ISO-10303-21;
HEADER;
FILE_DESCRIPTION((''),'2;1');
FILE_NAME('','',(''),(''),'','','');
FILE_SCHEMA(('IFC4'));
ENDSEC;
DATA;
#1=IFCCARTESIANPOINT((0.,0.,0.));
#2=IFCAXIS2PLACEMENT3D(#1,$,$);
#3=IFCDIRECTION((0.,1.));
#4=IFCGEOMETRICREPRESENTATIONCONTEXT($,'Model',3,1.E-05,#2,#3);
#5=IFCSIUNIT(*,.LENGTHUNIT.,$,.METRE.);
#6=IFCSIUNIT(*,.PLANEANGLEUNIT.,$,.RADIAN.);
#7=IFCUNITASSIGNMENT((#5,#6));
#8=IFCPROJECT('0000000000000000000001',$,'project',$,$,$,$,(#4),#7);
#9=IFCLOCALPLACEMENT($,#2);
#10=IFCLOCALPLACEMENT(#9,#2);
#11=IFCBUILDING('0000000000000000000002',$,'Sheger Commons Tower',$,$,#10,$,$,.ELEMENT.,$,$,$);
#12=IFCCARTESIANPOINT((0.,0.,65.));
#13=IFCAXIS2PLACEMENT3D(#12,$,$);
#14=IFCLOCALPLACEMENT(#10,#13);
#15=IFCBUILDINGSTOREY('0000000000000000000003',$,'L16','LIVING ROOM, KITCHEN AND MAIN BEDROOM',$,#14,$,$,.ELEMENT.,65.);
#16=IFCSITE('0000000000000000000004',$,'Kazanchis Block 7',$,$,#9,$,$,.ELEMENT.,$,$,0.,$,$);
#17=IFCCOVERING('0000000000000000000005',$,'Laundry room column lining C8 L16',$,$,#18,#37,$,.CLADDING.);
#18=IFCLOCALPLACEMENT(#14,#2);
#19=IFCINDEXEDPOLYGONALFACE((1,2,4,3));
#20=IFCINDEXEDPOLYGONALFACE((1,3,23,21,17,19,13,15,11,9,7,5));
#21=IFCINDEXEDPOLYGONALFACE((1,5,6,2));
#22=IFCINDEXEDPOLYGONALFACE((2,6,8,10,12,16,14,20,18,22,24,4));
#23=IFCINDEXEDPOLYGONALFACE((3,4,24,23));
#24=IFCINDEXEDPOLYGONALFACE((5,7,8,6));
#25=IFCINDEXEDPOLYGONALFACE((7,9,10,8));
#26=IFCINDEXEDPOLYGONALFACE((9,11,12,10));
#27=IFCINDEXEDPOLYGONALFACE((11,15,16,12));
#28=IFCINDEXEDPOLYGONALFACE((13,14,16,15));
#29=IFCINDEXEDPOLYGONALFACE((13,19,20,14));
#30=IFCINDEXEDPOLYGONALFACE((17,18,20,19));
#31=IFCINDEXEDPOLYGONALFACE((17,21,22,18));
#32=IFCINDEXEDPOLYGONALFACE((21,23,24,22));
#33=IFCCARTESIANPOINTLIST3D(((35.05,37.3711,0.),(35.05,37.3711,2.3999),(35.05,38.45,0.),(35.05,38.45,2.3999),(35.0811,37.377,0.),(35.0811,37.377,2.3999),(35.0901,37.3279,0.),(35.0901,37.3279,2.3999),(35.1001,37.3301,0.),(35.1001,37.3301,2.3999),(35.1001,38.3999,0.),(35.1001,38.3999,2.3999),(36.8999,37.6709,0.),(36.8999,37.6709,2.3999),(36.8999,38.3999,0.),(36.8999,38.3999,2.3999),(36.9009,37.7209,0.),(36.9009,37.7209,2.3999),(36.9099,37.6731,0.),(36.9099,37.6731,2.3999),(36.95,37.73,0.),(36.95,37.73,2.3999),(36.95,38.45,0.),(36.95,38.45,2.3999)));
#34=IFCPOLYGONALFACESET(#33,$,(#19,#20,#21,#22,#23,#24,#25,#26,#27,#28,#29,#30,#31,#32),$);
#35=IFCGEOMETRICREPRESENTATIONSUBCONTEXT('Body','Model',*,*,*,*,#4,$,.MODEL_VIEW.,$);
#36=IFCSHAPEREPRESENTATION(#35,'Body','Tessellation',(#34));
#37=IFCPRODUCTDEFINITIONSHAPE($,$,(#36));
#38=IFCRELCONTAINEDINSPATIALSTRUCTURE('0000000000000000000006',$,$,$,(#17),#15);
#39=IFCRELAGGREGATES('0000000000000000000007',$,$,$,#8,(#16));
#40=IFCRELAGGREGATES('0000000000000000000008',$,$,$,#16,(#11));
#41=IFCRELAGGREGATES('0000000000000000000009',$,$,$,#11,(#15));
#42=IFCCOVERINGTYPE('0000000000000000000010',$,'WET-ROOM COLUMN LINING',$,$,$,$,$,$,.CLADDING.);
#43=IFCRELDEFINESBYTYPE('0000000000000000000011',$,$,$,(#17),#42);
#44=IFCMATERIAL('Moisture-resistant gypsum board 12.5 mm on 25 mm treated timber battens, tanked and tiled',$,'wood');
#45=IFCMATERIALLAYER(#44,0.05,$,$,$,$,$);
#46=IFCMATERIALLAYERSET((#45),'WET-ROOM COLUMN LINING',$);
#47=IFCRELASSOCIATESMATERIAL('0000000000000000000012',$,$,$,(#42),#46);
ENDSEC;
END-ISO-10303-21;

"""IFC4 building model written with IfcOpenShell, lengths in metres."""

from ifc_helpers import new_model, si_unit, direction, frame, origin, place, context, subcontext, project, spatial, polyline, outline, extrude, material, layer, layer_set, type_object, element, save


model = new_model("IFC4")

# Units and contexts
model_context = context("Model", 3, precision=1e-05, world=origin(), true_north=direction((0.0, 1.0)))
body_context = subcontext(model_context, "Body", "Model", "MODEL_VIEW")
ifc_project = project(units=[si_unit("LENGTHUNIT", "METRE"), si_unit("PLANEANGLEUNIT", "RADIAN")], contexts=[model_context])

# Site, building, storey
site_placement = place(None, origin())
site = spatial("IfcSite", under=ifc_project, at=site_placement, Name="Kazanchis Block 7", CompositionType="ELEMENT", RefElevation=0.0)
building_placement = place(site_placement, origin())
building = spatial("IfcBuilding", under=site, at=building_placement, Name="Sheger Commons Tower", CompositionType="ELEMENT")
storey_placement = place(building_placement, frame((0.0, 0.0, 65.0)))
storey = spatial("IfcBuildingStorey", under=building, at=storey_placement, Name="L16", Description="LIVING ROOM, KITCHEN AND MAIN BEDROOM", CompositionType="ELEMENT", Elevation=65.0)

# Covering
ifc_material_1 = material(Name="Moisture-resistant gypsum board 12.5 mm on 25 mm treated timber battens, tanked and tiled", Category="wood")
ifc_layer_1 = layer(ifc_material_1, 0.05)
ifc_layer_set_1 = layer_set([ifc_layer_1], Name="WET-ROOM COLUMN LINING")
covering_type_1 = type_object("IfcCoveringType", Name="WET-ROOM COLUMN LINING", PredefinedType="CLADDING", material=ifc_layer_set_1)
covering_1_placement = place(storey_placement, origin())
element("IfcCovering", 1, at=covering_1_placement, inside=storey, type_object=covering_type_1, Name="Laundry room column lining C8 L16", PredefinedType="CLADDING", context=body_context, shape_type="SweptSolid", body=[
    extrude(outline(polyline([(36.95, 38.45), (36.95, 37.73), (36.9009, 37.7209), (36.9099, 37.6731), (36.8999, 37.6709), (36.8999, 38.3999), (35.1001, 38.3999), (35.1001, 37.3301), (35.0901, 37.3279), (35.0811, 37.377), (35.05, 37.3711), (35.05, 38.45), (36.95, 38.45)])), origin(), (0.0, 0.0, 1.0), 2.3999),
])

save(model, "model.ifc")
